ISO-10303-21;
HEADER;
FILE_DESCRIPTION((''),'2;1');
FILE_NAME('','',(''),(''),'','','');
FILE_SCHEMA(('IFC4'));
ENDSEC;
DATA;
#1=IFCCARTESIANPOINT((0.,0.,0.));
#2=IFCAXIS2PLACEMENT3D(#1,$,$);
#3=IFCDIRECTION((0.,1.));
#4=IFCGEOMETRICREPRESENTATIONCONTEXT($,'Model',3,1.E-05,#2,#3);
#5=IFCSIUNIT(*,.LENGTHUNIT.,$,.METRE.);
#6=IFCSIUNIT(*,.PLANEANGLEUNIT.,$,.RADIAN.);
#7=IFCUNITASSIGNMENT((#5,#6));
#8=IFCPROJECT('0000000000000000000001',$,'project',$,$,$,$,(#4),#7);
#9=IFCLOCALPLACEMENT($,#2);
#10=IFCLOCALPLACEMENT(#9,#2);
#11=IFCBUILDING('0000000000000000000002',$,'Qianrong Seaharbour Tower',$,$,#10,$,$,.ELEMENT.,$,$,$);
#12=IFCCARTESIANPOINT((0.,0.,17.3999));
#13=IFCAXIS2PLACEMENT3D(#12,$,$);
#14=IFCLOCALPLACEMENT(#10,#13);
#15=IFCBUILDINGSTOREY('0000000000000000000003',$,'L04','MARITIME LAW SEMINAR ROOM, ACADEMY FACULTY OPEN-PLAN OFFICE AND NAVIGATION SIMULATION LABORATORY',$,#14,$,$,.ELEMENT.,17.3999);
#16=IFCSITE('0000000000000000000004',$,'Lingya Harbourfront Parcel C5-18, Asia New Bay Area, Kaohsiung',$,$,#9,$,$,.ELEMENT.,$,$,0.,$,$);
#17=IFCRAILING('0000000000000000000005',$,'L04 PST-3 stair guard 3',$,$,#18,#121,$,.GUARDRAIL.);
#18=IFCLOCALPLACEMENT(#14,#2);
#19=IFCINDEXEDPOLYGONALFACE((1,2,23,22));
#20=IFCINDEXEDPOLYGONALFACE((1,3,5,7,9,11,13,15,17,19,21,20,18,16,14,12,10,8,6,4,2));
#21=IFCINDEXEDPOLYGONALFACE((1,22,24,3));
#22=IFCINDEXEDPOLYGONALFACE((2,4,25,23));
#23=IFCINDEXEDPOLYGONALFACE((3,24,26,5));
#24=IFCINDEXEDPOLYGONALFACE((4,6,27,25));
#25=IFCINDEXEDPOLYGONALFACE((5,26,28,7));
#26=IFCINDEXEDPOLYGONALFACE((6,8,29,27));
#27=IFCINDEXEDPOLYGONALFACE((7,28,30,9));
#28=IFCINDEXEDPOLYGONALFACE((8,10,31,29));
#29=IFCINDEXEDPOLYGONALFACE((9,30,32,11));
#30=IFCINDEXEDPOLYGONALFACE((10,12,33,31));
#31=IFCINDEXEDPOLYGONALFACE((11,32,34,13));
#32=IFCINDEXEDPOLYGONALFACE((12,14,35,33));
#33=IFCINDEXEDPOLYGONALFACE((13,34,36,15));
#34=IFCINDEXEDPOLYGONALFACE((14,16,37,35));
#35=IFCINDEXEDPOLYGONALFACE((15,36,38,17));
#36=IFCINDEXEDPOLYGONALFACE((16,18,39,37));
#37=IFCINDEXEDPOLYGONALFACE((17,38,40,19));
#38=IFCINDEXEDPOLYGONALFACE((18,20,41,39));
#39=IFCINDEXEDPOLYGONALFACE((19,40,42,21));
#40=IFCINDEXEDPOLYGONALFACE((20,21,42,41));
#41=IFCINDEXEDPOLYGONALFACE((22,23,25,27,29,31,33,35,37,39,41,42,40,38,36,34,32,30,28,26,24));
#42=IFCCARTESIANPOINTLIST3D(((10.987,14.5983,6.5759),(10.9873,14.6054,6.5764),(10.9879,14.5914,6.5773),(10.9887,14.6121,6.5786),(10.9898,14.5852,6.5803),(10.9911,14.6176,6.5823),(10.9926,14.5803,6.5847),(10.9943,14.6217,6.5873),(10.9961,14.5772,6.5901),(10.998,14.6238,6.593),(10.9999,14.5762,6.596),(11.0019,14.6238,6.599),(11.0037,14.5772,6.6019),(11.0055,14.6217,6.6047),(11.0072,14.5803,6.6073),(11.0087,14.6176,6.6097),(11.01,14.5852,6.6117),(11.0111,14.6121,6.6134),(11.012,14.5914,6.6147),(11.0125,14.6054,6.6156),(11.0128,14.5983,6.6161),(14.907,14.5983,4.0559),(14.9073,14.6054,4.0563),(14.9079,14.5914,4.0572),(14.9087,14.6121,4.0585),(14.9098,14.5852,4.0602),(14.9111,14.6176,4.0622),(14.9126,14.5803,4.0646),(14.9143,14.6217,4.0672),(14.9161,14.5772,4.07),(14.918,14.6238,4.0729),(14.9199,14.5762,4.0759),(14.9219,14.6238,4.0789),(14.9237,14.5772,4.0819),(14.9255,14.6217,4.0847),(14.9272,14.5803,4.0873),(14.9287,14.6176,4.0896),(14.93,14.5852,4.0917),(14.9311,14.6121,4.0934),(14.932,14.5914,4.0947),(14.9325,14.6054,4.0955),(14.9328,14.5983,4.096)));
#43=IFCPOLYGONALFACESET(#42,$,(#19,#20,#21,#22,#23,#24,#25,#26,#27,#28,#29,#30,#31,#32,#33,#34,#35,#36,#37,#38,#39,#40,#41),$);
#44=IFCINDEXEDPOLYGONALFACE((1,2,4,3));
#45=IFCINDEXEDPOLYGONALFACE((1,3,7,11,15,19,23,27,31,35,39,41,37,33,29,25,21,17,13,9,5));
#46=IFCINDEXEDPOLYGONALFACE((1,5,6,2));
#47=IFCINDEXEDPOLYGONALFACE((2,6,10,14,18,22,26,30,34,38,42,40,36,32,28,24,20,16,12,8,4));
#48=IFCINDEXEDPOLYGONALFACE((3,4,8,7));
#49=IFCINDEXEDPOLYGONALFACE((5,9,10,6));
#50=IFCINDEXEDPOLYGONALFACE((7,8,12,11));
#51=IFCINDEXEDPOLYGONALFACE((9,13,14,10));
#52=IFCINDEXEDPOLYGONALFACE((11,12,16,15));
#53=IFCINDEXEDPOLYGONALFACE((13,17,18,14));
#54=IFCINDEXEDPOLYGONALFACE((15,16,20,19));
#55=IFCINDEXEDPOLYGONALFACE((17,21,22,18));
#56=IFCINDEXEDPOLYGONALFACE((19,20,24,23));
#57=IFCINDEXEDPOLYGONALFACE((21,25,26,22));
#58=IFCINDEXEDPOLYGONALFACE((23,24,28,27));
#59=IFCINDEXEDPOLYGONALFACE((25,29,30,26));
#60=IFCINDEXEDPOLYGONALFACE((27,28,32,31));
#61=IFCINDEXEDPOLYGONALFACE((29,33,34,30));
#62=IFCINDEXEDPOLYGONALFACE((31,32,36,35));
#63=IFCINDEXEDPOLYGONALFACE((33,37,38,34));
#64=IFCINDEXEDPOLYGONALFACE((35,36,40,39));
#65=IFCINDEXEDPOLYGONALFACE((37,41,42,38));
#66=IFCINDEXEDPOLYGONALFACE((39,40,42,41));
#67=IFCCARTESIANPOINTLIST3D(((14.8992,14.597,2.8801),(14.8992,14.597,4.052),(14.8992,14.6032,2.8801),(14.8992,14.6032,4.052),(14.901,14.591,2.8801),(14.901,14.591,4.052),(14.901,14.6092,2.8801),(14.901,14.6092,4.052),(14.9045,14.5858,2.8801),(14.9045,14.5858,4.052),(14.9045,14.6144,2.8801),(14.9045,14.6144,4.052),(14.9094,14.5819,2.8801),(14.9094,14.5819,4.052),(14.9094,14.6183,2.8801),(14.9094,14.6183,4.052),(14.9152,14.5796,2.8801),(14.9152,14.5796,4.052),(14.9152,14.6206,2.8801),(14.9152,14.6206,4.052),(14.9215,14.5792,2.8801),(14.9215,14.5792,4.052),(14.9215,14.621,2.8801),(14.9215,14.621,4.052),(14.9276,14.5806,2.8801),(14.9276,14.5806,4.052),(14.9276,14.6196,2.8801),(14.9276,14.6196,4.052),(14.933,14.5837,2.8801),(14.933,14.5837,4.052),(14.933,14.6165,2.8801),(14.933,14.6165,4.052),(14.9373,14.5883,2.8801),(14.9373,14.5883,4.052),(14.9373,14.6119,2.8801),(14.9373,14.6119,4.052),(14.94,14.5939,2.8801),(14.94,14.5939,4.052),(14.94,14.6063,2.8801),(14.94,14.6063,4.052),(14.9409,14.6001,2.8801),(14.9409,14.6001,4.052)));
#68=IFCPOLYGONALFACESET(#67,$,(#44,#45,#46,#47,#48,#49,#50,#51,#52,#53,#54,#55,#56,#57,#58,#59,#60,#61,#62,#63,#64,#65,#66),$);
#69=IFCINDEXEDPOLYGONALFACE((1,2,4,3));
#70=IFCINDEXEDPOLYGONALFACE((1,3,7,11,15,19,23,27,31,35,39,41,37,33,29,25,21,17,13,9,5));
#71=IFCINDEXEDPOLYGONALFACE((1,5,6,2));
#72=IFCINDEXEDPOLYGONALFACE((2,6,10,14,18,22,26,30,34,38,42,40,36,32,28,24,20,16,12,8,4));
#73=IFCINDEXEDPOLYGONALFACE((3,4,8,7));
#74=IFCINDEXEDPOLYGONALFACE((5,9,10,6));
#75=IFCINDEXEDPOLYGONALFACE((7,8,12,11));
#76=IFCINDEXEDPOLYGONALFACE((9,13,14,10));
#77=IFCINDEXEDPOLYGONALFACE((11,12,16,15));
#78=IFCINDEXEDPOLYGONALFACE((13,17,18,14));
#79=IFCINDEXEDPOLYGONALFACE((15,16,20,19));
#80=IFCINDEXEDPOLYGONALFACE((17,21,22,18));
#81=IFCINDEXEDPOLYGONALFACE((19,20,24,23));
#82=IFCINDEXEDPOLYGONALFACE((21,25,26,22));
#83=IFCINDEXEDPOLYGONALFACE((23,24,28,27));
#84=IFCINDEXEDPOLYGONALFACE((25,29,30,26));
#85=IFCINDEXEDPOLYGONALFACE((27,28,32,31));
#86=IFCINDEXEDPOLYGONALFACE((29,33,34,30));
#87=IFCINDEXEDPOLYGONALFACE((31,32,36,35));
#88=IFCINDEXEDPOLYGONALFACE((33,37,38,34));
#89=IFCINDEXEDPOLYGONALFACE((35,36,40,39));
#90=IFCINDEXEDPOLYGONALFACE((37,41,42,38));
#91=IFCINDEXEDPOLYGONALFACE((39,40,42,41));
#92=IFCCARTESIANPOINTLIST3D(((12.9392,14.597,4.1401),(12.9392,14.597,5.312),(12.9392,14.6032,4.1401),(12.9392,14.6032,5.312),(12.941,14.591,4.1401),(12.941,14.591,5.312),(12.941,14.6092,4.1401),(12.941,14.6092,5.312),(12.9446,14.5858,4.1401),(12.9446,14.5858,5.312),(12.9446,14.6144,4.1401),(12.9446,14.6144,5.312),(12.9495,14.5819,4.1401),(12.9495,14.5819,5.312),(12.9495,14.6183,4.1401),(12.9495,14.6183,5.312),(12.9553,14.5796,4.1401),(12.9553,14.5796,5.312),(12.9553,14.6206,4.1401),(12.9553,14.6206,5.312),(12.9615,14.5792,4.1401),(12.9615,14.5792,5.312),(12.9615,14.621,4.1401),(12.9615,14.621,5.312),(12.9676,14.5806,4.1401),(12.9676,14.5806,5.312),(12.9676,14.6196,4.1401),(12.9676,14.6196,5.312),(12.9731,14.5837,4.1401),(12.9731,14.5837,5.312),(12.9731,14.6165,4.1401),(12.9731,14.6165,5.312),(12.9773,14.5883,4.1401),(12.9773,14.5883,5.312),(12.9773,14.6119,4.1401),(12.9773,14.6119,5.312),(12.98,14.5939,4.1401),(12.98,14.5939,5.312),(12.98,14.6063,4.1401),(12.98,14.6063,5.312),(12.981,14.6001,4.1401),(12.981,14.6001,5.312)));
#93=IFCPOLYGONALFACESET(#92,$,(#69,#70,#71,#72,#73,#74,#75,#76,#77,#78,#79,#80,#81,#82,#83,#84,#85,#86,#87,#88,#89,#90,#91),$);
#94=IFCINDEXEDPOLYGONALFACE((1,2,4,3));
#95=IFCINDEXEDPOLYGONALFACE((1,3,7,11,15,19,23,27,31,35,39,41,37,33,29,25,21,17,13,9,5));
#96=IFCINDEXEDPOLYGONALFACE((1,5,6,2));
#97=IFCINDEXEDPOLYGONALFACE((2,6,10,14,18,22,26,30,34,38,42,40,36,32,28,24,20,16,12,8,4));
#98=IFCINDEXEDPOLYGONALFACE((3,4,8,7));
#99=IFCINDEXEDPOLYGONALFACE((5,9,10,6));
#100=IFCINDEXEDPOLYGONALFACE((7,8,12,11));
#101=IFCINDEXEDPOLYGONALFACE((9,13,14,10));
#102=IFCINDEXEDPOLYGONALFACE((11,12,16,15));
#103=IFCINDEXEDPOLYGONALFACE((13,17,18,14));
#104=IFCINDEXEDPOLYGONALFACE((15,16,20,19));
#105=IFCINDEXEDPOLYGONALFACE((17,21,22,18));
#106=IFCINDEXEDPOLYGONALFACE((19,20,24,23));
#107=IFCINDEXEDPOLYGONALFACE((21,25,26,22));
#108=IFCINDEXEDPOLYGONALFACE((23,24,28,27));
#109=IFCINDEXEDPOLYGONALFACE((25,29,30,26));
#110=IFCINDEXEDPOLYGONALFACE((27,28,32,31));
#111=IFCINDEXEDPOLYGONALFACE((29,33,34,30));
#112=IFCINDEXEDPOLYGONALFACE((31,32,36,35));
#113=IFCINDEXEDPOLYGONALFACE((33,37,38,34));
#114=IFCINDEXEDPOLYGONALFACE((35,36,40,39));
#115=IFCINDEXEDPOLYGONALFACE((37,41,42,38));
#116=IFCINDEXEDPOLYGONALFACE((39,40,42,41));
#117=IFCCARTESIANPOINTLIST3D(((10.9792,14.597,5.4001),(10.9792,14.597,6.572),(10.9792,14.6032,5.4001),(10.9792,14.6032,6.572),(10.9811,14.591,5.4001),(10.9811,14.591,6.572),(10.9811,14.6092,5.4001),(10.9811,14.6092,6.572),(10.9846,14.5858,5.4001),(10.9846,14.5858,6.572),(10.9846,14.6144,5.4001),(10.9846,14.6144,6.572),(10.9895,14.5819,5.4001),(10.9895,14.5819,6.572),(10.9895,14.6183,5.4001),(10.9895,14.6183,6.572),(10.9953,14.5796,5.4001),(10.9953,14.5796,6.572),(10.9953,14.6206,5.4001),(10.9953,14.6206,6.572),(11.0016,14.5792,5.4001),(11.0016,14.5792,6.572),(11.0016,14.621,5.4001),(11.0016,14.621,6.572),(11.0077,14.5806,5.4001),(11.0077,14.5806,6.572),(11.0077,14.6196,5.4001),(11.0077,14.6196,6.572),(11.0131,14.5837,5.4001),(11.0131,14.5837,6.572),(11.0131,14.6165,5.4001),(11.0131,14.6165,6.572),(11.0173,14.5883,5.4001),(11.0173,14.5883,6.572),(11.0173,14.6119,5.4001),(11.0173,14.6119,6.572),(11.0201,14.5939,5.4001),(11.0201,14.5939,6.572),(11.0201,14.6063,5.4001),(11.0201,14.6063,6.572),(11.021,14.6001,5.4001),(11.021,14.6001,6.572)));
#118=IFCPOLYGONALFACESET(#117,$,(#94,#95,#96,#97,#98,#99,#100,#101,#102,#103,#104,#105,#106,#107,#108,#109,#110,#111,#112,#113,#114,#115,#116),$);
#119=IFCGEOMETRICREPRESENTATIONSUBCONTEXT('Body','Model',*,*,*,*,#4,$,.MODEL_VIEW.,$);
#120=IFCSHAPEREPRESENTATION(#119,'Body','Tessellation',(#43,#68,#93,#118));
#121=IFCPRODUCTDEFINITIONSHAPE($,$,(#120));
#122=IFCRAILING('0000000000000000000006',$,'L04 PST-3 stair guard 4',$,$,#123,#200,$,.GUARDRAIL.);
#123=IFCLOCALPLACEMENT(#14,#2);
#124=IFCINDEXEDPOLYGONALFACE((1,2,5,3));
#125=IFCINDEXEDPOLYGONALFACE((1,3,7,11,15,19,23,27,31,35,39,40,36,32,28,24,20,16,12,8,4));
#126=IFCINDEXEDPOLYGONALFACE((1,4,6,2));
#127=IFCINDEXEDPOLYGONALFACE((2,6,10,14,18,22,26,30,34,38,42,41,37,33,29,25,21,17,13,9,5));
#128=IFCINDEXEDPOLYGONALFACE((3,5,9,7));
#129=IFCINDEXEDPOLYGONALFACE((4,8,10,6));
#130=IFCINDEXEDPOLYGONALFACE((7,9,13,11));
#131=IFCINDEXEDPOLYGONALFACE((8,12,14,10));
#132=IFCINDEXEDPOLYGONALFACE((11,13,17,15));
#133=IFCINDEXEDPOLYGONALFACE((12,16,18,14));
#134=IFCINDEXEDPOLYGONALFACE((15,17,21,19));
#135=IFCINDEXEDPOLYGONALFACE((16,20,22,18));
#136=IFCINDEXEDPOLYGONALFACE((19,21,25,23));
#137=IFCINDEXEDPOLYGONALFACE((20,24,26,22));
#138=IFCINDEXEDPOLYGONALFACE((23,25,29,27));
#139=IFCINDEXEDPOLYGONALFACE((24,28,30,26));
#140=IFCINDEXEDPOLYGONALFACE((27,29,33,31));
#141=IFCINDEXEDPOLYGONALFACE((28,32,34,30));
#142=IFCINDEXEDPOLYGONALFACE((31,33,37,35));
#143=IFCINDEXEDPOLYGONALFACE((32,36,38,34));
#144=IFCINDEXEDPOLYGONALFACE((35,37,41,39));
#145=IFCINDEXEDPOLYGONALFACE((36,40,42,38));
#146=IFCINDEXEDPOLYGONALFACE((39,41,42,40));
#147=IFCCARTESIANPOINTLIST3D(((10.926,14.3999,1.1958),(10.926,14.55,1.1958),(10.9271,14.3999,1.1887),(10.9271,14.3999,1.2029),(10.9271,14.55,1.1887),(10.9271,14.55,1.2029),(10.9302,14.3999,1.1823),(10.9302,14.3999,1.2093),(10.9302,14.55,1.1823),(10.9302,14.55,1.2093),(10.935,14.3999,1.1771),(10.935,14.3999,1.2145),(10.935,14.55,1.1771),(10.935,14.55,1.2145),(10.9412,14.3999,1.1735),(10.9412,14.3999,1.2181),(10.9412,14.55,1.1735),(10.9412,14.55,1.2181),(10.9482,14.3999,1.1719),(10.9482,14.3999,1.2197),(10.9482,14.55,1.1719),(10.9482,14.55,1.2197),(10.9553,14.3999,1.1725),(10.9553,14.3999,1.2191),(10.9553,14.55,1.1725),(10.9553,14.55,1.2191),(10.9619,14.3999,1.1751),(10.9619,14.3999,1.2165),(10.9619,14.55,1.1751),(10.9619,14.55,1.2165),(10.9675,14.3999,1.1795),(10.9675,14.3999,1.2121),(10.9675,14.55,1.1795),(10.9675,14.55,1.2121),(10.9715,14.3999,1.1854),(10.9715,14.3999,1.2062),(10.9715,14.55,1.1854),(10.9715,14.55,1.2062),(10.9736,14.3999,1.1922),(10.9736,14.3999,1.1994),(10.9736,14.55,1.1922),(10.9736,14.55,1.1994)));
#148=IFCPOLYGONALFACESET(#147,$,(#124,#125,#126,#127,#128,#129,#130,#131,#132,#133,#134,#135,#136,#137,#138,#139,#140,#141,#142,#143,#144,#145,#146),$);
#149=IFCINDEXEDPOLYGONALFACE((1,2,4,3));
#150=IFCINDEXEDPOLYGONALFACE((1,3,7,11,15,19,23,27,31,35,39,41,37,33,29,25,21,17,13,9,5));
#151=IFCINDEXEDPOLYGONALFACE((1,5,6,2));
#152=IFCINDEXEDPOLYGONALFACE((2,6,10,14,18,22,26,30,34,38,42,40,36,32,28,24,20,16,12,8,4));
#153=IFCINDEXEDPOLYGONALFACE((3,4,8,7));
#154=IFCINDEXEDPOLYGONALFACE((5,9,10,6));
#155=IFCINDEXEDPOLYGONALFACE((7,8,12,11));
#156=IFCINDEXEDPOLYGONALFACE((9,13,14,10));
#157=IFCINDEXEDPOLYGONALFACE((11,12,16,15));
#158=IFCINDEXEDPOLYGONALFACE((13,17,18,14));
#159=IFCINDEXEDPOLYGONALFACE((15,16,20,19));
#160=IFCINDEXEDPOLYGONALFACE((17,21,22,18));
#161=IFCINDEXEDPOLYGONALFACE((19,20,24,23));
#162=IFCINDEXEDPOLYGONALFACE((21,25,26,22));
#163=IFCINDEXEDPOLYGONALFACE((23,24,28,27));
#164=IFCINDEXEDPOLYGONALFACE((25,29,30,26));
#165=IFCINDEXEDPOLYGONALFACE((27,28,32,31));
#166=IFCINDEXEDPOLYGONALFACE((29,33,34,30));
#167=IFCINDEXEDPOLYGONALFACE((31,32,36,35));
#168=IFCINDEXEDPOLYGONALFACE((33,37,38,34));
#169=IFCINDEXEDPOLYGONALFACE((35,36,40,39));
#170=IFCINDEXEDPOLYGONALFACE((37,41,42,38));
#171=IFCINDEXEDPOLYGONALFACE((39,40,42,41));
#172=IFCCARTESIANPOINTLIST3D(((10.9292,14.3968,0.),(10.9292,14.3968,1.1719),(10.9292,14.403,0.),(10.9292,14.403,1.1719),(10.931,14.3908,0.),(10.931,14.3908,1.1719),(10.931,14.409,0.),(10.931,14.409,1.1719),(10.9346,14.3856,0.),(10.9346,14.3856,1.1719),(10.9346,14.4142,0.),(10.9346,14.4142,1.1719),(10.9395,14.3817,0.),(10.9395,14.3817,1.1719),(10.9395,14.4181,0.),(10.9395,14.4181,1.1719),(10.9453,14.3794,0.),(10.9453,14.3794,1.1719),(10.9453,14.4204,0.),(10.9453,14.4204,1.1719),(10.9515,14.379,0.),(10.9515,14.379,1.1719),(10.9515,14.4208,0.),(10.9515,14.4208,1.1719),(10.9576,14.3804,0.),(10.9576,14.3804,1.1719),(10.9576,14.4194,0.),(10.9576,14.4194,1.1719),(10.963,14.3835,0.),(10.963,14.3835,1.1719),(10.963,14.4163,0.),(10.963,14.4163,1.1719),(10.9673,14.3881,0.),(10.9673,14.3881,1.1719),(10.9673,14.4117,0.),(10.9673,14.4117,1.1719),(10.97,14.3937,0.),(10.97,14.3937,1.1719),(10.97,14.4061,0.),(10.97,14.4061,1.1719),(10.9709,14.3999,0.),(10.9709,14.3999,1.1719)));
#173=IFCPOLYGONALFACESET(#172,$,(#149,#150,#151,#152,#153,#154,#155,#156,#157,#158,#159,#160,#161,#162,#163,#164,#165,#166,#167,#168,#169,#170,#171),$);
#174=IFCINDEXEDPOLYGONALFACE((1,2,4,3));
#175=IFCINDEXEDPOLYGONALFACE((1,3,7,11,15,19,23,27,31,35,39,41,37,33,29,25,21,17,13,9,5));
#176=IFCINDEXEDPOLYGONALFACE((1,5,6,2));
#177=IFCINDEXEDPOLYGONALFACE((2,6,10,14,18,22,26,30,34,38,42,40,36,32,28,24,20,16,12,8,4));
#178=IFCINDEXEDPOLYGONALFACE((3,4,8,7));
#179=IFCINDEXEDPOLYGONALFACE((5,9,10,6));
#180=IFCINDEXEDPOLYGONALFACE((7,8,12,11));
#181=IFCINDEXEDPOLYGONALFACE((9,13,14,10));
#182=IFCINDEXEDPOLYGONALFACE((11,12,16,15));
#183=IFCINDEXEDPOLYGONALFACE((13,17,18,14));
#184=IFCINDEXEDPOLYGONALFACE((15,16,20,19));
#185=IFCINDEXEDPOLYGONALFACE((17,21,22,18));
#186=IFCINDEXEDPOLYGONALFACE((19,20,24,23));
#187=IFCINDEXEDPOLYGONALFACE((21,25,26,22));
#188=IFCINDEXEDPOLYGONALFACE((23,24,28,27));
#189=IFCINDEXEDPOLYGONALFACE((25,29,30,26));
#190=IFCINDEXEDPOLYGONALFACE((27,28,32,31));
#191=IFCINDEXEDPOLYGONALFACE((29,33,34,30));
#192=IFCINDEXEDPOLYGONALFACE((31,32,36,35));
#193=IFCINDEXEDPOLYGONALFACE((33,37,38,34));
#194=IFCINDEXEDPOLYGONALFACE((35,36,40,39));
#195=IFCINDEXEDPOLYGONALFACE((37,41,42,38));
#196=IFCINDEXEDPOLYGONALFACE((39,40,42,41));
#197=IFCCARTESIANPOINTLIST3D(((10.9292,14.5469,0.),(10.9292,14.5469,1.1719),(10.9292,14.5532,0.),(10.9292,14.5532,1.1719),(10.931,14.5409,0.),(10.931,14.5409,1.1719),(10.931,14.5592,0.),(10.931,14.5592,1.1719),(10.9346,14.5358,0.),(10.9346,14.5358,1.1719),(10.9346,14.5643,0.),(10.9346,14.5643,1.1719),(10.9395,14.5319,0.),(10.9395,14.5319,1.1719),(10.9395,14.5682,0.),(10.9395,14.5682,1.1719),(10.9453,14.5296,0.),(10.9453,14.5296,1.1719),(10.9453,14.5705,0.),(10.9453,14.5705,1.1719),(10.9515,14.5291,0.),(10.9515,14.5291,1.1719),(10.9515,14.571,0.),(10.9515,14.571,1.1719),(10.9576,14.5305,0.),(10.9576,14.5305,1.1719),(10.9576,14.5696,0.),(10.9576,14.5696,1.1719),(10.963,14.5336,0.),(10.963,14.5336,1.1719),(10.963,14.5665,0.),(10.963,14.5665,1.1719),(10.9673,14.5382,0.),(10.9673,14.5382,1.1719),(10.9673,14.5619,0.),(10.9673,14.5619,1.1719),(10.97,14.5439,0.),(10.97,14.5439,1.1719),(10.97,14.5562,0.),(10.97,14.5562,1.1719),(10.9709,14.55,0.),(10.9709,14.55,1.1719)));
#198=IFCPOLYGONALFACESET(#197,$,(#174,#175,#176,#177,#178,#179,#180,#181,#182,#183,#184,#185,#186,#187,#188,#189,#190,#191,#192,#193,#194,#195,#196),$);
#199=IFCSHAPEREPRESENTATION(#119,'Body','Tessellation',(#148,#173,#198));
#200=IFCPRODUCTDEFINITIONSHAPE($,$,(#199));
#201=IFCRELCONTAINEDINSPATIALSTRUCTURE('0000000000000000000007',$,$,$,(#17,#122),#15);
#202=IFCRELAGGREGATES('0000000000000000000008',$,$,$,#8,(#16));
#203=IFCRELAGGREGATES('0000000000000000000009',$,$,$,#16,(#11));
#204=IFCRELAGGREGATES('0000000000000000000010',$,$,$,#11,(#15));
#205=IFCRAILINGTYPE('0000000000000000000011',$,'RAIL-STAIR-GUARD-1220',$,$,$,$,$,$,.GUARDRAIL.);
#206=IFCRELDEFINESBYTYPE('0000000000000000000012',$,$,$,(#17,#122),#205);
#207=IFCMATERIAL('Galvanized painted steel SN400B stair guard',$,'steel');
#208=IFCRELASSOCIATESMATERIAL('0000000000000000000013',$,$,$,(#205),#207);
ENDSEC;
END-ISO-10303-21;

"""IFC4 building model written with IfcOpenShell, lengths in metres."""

from ifc_helpers import new_model, si_unit, direction, frame, origin, origin_2d, place, context, subcontext, project, spatial, circle, extrude, material, type_object, element, save


model = new_model("IFC4")

# Units and contexts
model_context = context("Model", 3, precision=1e-05, world=origin(), true_north=direction((0.0, 1.0)))
body_context = subcontext(model_context, "Body", "Model", "MODEL_VIEW")
ifc_project = project(units=[si_unit("LENGTHUNIT", "METRE"), si_unit("PLANEANGLEUNIT", "RADIAN")], contexts=[model_context])

# Site, building, storey
site_placement = place(None, origin())
site = spatial("IfcSite", under=ifc_project, at=site_placement, Name="Lingya Harbourfront Parcel C5-18, Asia New Bay Area, Kaohsiung", CompositionType="ELEMENT", RefElevation=0.0)
building_placement = place(site_placement, origin())
building = spatial("IfcBuilding", under=site, at=building_placement, Name="Qianrong Seaharbour Tower", CompositionType="ELEMENT")
storey_placement = place(building_placement, frame((0.0, 0.0, 17.3999)))
storey = spatial("IfcBuildingStorey", under=building, at=storey_placement, Name="L04", Description="MARITIME LAW SEMINAR ROOM, ACADEMY FACULTY OPEN-PLAN OFFICE AND NAVIGATION SIMULATION LABORATORY", CompositionType="ELEMENT", Elevation=17.3999)

# Railings
ifc_material_1 = material(Name="Galvanized painted steel SN400B stair guard", Category="steel")
railing_type_1 = type_object("IfcRailingType", Name="RAIL-STAIR-GUARD-1220", PredefinedType="GUARDRAIL", material=ifc_material_1)
railing_1_placement = place(storey_placement, frame((14.9199, 14.6001, 2.8801)))
element("IfcRailing", 1, at=railing_1_placement, inside=storey, type_object=railing_type_1, Name="L04 PST-3 stair guard 3", PredefinedType="GUARDRAIL", context=body_context, shape_type="SweptSolid", body=[
    extrude(circle(Radius=0.0239, at=origin_2d()), frame((0.0, 0.0, 1.1958), z_axis=(-0.841172, 0.0, 0.540768), x_axis=(0.0, -1.0, 0.0)), (0.0, 0.0, 1.0), 4.6602),
    extrude(circle(Radius=0.021, at=origin_2d()), origin(), (0.0, 0.0, 1.0), 1.1719),
    extrude(circle(Radius=0.021, at=origin_2d()), frame((-1.96, 0.0, 1.26)), (0.0, 0.0, 1.0), 1.1719),
    extrude(circle(Radius=0.021, at=origin_2d()), frame((-3.9199, 0.0, 2.52)), (0.0, 0.0, 1.0), 1.1719),
])
railing_2_placement = place(storey_placement, frame((10.95, 14.3999, 0.0)))
element("IfcRailing", 2, at=railing_2_placement, inside=storey, type_object=railing_type_1, Name="L04 PST-3 stair guard 4", PredefinedType="GUARDRAIL", context=body_context, shape_type="SweptSolid", body=[
    extrude(circle(Radius=0.0239, at=origin_2d()), frame((0.0, 0.0, 1.1958), z_axis=(0.0, 1.0, 0.0), x_axis=(-1.0, 0.0, 0.0)), (0.0, 0.0, 1.0), 0.1501),
    extrude(circle(Radius=0.021, at=origin_2d()), origin(), (0.0, 0.0, 1.0), 1.1719),
    extrude(circle(Radius=0.021, at=origin_2d()), frame((0.0, 0.1501, 0.0)), (0.0, 0.0, 1.0), 1.1719),
])

save(model, "model.ifc")
